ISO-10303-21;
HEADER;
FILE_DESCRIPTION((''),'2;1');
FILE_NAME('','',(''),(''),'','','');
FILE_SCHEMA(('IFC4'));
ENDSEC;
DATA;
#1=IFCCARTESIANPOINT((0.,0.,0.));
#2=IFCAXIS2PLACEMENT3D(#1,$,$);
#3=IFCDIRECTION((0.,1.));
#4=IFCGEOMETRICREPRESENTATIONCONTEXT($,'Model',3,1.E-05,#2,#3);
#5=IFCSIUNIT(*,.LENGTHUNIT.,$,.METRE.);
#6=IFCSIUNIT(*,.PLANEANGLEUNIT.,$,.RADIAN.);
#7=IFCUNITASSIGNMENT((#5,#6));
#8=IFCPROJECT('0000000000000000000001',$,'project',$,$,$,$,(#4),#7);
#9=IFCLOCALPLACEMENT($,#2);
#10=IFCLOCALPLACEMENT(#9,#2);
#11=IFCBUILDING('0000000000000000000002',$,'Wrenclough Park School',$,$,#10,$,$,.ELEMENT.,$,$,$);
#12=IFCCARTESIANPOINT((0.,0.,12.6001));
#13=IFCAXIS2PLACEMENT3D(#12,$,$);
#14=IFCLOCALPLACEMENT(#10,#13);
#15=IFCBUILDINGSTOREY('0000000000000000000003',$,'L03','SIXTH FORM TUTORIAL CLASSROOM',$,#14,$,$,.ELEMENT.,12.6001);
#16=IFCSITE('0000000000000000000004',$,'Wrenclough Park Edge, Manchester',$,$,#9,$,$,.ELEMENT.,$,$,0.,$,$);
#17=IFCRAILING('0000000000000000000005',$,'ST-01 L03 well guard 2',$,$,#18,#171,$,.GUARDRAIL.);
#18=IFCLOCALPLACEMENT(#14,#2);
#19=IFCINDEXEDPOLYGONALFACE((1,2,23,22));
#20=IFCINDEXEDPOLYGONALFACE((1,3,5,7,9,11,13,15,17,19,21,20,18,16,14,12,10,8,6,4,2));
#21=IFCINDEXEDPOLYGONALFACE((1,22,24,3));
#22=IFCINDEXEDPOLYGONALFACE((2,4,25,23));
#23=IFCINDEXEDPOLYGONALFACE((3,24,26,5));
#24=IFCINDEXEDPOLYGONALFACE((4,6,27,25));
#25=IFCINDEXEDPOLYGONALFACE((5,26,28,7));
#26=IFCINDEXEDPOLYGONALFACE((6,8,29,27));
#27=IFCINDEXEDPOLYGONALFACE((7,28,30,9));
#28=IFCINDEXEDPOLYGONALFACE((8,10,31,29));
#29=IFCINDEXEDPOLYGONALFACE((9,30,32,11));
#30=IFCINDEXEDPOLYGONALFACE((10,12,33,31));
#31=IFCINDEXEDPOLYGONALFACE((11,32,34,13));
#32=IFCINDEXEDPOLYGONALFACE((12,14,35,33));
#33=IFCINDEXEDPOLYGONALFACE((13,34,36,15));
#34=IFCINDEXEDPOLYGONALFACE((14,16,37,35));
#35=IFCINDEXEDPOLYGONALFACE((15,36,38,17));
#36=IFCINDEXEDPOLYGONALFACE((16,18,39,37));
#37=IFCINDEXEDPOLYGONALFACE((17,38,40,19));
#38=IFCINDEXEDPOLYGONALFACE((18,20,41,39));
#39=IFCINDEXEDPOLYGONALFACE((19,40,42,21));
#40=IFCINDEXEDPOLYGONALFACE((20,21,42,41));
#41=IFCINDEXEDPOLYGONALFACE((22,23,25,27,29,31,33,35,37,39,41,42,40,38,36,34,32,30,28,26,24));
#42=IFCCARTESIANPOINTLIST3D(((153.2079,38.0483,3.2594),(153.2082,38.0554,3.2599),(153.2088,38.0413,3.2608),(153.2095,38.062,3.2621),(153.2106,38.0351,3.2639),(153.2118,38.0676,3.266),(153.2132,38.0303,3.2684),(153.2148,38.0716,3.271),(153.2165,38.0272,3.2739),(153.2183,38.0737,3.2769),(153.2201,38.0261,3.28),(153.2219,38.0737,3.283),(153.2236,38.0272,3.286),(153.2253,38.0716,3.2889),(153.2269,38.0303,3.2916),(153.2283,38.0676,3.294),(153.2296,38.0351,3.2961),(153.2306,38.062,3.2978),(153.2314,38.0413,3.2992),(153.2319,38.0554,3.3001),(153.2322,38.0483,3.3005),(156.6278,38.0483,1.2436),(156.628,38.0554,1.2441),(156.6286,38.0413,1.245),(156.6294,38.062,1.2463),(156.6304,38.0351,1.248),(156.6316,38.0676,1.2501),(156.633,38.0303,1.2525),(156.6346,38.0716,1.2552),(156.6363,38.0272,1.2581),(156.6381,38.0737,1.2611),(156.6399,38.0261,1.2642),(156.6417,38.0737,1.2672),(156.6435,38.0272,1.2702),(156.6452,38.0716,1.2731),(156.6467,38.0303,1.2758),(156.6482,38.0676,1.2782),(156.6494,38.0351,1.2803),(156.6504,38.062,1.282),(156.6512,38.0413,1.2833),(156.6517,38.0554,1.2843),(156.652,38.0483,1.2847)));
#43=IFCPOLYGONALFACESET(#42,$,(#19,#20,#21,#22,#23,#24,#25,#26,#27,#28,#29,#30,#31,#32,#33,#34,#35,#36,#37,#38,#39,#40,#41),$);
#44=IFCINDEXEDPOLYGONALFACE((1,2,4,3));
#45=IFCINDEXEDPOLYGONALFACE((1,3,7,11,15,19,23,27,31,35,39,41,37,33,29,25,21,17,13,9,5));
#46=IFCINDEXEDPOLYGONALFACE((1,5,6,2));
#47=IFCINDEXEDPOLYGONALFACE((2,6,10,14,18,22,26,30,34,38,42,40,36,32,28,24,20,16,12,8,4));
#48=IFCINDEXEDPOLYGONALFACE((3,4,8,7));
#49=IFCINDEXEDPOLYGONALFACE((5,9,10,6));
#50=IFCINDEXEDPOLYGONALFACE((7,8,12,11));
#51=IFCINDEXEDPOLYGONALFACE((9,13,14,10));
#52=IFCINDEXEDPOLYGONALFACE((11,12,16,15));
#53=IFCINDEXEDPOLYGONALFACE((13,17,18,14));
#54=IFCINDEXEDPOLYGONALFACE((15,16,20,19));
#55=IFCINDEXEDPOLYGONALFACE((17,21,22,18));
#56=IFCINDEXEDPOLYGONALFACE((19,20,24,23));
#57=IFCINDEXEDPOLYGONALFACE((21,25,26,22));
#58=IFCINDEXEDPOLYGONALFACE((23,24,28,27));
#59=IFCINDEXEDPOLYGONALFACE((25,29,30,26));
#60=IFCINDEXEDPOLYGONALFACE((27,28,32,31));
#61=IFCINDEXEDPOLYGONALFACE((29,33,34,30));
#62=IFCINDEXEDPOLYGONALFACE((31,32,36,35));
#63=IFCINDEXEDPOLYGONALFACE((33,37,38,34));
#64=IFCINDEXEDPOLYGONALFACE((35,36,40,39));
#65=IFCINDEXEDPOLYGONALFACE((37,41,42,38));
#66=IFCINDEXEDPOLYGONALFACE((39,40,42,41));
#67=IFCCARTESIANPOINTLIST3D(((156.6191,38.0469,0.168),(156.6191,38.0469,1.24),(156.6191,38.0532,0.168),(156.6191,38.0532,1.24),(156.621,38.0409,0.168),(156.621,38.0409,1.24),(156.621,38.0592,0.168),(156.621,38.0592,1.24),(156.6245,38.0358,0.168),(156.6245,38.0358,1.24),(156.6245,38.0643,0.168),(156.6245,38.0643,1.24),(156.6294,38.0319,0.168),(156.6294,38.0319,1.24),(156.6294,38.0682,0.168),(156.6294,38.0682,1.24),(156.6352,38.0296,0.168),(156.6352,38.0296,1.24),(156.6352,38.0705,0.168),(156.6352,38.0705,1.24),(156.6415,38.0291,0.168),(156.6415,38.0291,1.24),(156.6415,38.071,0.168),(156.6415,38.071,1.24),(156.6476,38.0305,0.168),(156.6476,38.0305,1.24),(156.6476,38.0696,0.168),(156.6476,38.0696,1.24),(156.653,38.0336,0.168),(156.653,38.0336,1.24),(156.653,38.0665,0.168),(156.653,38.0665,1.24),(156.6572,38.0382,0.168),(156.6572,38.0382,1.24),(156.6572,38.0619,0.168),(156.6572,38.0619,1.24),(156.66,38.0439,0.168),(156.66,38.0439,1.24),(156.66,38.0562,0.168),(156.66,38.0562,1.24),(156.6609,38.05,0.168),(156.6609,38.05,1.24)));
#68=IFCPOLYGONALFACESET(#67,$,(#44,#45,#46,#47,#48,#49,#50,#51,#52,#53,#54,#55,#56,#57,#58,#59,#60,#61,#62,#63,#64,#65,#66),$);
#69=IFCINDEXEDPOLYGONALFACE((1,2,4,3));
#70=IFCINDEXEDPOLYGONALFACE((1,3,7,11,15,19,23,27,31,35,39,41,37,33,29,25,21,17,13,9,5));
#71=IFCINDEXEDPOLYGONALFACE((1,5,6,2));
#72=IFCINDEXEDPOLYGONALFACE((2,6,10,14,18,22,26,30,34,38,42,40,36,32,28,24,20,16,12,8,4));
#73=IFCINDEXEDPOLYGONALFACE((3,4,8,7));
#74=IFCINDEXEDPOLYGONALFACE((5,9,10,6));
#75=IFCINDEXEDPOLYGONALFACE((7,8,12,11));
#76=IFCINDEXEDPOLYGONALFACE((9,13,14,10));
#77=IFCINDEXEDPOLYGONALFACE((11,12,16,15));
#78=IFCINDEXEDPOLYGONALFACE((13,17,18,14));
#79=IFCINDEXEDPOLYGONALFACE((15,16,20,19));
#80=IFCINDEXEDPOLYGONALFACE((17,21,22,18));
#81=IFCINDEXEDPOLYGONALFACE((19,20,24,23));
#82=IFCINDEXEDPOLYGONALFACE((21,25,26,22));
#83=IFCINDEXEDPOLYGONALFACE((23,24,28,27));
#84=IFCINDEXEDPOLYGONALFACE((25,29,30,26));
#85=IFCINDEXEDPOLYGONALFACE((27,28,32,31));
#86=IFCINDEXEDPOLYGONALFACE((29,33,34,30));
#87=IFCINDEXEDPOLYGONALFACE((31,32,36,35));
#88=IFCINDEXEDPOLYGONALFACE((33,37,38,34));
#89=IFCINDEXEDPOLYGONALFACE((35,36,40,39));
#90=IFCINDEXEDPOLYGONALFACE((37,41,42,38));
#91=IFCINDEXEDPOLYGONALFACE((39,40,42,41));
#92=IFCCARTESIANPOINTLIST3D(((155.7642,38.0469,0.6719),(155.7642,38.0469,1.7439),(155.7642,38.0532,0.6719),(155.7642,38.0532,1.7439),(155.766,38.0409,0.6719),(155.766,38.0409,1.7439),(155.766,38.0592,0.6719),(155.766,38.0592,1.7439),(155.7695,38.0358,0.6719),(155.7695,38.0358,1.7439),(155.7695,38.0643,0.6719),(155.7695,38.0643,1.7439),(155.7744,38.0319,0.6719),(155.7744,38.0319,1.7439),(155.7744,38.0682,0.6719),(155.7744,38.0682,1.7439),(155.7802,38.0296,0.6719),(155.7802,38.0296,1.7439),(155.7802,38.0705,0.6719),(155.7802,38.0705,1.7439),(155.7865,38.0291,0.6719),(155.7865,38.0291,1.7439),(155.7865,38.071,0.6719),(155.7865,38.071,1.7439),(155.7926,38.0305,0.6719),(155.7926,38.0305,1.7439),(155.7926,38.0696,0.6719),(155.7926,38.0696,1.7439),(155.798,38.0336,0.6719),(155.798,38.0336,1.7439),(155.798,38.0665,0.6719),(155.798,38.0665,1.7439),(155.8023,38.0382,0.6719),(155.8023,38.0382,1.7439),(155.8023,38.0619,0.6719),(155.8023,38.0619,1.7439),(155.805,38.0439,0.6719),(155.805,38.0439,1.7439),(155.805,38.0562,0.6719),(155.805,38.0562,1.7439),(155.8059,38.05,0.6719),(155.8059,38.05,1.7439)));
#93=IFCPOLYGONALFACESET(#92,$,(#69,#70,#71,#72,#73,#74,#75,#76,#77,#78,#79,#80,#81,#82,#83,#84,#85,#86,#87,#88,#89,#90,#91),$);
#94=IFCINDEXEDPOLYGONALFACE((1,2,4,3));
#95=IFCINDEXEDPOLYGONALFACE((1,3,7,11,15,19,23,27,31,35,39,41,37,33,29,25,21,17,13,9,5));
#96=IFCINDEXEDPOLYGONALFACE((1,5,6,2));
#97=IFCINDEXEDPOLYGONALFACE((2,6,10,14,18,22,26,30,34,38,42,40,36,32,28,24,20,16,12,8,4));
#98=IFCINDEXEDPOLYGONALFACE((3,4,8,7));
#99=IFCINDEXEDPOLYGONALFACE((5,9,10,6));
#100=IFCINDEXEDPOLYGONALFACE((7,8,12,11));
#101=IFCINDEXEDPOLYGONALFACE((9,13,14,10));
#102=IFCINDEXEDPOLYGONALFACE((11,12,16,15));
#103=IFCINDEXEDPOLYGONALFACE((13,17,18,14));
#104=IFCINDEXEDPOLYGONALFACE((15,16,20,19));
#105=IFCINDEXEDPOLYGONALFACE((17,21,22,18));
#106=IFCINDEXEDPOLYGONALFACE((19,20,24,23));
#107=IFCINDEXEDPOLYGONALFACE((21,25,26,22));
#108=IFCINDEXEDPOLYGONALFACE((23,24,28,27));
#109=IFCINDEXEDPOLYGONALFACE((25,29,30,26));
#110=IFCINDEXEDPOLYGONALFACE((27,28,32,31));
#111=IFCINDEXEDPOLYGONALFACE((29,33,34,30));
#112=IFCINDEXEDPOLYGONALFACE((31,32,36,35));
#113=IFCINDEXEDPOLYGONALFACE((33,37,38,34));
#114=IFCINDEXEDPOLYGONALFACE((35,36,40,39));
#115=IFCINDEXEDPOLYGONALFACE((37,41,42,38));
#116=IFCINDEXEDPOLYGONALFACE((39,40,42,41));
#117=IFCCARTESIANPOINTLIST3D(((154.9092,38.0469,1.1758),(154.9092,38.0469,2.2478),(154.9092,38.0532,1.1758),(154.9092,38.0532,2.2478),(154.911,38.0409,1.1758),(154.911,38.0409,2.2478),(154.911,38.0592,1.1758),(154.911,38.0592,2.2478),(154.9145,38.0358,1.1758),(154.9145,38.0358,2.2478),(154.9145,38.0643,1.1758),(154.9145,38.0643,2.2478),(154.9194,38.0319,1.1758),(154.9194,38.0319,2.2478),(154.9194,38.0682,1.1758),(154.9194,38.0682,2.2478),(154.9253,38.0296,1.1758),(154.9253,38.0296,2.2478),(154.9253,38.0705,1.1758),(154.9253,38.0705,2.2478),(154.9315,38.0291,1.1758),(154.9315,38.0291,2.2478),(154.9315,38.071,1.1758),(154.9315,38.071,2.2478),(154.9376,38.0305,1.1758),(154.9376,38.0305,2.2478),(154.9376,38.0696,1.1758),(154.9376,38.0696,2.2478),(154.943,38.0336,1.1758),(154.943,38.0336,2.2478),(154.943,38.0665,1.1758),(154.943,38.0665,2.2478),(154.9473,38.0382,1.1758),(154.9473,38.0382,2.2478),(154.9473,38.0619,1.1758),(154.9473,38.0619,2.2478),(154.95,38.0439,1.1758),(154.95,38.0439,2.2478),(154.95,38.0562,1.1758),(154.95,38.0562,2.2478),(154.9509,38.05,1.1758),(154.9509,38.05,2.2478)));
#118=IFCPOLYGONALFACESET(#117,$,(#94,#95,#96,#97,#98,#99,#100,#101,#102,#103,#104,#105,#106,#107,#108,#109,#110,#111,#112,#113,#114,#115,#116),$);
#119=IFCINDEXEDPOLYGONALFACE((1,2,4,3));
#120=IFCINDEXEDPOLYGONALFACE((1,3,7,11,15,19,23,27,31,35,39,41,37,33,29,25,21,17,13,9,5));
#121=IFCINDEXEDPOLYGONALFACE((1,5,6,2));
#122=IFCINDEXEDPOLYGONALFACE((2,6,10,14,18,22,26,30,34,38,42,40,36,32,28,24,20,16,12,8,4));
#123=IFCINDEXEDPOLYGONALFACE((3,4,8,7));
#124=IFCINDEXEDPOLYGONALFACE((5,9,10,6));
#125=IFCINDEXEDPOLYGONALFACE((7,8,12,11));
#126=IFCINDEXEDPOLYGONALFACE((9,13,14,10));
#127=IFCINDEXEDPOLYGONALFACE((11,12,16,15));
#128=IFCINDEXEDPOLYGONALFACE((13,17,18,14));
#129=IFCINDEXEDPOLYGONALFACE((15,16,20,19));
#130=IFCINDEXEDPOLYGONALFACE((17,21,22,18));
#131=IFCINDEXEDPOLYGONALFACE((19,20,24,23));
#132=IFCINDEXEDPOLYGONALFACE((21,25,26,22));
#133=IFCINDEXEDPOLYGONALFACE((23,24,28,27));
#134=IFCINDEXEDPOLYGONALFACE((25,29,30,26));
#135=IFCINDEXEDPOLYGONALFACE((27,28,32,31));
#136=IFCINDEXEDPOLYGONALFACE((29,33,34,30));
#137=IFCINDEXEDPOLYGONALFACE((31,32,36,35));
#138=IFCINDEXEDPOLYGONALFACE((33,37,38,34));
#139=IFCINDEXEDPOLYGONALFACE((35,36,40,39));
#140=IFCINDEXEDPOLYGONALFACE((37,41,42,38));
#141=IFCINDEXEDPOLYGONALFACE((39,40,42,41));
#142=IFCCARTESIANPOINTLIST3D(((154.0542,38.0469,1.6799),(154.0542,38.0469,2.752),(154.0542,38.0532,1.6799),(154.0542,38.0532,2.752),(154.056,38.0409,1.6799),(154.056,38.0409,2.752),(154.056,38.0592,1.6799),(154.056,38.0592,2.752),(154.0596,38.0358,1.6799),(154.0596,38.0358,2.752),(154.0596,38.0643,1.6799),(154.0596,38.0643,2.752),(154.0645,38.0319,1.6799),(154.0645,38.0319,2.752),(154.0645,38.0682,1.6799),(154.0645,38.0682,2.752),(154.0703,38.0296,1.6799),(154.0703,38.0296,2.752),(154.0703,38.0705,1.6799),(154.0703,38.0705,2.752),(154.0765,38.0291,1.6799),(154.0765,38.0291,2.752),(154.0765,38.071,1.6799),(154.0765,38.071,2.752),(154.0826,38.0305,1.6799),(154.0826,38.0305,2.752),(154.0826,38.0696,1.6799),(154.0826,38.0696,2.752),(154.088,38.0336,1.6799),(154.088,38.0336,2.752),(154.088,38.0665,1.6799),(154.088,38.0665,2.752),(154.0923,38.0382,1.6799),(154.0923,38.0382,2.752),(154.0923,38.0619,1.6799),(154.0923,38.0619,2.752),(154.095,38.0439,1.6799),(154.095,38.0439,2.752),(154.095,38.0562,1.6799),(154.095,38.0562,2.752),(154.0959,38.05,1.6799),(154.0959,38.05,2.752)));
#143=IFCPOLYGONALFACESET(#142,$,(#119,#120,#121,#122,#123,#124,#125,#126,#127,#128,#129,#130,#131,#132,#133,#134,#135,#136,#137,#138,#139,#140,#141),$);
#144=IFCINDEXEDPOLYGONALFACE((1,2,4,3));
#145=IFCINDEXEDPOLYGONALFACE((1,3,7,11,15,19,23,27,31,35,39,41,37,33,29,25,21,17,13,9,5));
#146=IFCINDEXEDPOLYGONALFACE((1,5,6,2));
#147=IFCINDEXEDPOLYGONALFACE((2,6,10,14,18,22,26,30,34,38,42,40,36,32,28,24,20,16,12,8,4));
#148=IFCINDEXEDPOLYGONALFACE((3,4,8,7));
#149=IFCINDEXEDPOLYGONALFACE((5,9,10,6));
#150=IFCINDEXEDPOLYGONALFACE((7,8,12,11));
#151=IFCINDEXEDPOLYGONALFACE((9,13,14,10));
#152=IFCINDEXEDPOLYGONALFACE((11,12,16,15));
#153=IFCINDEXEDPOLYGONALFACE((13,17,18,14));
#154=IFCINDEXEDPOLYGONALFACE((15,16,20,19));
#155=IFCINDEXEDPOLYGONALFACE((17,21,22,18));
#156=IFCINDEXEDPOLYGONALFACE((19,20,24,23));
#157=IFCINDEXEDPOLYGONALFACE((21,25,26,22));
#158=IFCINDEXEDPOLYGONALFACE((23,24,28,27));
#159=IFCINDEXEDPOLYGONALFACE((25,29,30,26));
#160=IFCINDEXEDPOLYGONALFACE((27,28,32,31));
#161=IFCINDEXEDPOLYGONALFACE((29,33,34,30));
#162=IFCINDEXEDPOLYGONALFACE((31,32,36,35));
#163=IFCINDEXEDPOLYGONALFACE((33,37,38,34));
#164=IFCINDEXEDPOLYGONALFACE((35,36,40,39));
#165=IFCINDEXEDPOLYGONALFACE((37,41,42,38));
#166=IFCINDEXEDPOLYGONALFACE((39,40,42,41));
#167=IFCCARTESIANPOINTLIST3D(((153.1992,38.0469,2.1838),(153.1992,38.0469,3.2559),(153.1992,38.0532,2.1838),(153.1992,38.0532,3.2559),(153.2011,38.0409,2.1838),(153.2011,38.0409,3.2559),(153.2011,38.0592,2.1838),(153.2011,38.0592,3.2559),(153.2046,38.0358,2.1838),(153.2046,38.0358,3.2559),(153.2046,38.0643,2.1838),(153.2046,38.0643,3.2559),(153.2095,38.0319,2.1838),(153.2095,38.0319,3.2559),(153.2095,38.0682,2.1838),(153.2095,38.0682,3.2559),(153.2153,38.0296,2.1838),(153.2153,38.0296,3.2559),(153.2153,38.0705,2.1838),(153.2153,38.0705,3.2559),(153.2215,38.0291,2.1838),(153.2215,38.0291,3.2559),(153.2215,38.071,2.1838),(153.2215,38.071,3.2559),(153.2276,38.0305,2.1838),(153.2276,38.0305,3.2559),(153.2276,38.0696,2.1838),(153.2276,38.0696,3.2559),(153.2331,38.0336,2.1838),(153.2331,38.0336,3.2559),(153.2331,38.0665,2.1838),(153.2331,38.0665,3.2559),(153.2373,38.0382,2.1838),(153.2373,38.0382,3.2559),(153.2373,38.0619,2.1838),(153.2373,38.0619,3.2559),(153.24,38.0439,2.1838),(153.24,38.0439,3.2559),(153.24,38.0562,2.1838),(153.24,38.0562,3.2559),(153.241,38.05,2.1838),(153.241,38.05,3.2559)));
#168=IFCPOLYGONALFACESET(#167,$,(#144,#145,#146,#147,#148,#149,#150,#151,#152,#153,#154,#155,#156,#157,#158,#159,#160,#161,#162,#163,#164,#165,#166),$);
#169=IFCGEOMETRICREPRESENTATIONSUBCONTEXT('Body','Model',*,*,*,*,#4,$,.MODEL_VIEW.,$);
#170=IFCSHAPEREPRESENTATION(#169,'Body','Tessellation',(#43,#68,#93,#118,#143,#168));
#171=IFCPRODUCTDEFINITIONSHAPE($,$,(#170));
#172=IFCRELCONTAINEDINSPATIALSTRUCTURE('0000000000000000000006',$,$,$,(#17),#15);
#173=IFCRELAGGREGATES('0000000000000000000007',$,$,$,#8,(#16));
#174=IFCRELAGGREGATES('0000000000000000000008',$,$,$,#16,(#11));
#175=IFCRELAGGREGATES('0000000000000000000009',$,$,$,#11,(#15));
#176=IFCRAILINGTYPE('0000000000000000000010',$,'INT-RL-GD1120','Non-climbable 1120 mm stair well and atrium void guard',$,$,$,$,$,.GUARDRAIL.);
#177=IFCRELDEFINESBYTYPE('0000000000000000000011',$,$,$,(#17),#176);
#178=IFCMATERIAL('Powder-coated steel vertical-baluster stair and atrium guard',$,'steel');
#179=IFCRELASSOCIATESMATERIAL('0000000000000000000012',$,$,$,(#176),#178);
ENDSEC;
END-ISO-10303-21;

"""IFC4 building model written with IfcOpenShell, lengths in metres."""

from ifc_helpers import new_model, si_unit, direction, frame, origin, origin_2d, place, context, subcontext, project, spatial, circle, extrude, material, type_object, element, save


model = new_model("IFC4")

# Units and contexts
model_context = context("Model", 3, precision=1e-05, world=origin(), true_north=direction((0.0, 1.0)))
body_context = subcontext(model_context, "Body", "Model", "MODEL_VIEW")
ifc_project = project(units=[si_unit("LENGTHUNIT", "METRE"), si_unit("PLANEANGLEUNIT", "RADIAN")], contexts=[model_context])

# Site, building, storey
site_placement = place(None, origin())
site = spatial("IfcSite", under=ifc_project, at=site_placement, Name="Wrenclough Park Edge, Manchester", CompositionType="ELEMENT", RefElevation=0.0)
building_placement = place(site_placement, origin())
building = spatial("IfcBuilding", under=site, at=building_placement, Name="Wrenclough Park School", CompositionType="ELEMENT")
storey_placement = place(building_placement, frame((0.0, 0.0, 12.6001)))
storey = spatial("IfcBuildingStorey", under=building, at=storey_placement, Name="L03", Description="SIXTH FORM TUTORIAL CLASSROOM", CompositionType="ELEMENT", Elevation=12.6001)

# Railing
ifc_material_1 = material(Name="Powder-coated steel vertical-baluster stair and atrium guard", Category="steel")
railing_type_1 = type_object("IfcRailingType", Name="INT-RL-GD1120", Description="Non-climbable 1120 mm stair well and atrium void guard", PredefinedType="GUARDRAIL", material=ifc_material_1)
railing_1_placement = place(storey_placement, frame((156.6399, 38.05, 0.168)))
element("IfcRailing", 1, at=railing_1_placement, inside=storey, type_object=railing_type_1, Name="ST-01 L03 well guard 2", PredefinedType="GUARDRAIL", context=body_context, shape_type="SweptSolid", body=[
    extrude(circle(Radius=0.0239, at=origin_2d()), frame((0.0, 0.0, 1.0962), z_axis=(-0.861477, 0.0, 0.507797), x_axis=(0.0, -1.0, 0.0)), (0.0, 0.0, 1.0), 3.9697),
    extrude(circle(Radius=0.021, at=origin_2d()), origin(), (0.0, 0.0, 1.0), 1.072),
    extrude(circle(Radius=0.021, at=origin_2d()), frame((-0.855, 0.0, 0.5039)), (0.0, 0.0, 1.0), 1.072),
    extrude(circle(Radius=0.021, at=origin_2d()), frame((-1.71, 0.0, 1.0078)), (0.0, 0.0, 1.0), 1.072),
    extrude(circle(Radius=0.021, at=origin_2d()), frame((-2.5649, 0.0, 1.512)), (0.0, 0.0, 1.0), 1.072),
    extrude(circle(Radius=0.021, at=origin_2d()), frame((-3.4199, 0.0, 2.0159)), (0.0, 0.0, 1.0), 1.072),
])

save(model, "model.ifc")
